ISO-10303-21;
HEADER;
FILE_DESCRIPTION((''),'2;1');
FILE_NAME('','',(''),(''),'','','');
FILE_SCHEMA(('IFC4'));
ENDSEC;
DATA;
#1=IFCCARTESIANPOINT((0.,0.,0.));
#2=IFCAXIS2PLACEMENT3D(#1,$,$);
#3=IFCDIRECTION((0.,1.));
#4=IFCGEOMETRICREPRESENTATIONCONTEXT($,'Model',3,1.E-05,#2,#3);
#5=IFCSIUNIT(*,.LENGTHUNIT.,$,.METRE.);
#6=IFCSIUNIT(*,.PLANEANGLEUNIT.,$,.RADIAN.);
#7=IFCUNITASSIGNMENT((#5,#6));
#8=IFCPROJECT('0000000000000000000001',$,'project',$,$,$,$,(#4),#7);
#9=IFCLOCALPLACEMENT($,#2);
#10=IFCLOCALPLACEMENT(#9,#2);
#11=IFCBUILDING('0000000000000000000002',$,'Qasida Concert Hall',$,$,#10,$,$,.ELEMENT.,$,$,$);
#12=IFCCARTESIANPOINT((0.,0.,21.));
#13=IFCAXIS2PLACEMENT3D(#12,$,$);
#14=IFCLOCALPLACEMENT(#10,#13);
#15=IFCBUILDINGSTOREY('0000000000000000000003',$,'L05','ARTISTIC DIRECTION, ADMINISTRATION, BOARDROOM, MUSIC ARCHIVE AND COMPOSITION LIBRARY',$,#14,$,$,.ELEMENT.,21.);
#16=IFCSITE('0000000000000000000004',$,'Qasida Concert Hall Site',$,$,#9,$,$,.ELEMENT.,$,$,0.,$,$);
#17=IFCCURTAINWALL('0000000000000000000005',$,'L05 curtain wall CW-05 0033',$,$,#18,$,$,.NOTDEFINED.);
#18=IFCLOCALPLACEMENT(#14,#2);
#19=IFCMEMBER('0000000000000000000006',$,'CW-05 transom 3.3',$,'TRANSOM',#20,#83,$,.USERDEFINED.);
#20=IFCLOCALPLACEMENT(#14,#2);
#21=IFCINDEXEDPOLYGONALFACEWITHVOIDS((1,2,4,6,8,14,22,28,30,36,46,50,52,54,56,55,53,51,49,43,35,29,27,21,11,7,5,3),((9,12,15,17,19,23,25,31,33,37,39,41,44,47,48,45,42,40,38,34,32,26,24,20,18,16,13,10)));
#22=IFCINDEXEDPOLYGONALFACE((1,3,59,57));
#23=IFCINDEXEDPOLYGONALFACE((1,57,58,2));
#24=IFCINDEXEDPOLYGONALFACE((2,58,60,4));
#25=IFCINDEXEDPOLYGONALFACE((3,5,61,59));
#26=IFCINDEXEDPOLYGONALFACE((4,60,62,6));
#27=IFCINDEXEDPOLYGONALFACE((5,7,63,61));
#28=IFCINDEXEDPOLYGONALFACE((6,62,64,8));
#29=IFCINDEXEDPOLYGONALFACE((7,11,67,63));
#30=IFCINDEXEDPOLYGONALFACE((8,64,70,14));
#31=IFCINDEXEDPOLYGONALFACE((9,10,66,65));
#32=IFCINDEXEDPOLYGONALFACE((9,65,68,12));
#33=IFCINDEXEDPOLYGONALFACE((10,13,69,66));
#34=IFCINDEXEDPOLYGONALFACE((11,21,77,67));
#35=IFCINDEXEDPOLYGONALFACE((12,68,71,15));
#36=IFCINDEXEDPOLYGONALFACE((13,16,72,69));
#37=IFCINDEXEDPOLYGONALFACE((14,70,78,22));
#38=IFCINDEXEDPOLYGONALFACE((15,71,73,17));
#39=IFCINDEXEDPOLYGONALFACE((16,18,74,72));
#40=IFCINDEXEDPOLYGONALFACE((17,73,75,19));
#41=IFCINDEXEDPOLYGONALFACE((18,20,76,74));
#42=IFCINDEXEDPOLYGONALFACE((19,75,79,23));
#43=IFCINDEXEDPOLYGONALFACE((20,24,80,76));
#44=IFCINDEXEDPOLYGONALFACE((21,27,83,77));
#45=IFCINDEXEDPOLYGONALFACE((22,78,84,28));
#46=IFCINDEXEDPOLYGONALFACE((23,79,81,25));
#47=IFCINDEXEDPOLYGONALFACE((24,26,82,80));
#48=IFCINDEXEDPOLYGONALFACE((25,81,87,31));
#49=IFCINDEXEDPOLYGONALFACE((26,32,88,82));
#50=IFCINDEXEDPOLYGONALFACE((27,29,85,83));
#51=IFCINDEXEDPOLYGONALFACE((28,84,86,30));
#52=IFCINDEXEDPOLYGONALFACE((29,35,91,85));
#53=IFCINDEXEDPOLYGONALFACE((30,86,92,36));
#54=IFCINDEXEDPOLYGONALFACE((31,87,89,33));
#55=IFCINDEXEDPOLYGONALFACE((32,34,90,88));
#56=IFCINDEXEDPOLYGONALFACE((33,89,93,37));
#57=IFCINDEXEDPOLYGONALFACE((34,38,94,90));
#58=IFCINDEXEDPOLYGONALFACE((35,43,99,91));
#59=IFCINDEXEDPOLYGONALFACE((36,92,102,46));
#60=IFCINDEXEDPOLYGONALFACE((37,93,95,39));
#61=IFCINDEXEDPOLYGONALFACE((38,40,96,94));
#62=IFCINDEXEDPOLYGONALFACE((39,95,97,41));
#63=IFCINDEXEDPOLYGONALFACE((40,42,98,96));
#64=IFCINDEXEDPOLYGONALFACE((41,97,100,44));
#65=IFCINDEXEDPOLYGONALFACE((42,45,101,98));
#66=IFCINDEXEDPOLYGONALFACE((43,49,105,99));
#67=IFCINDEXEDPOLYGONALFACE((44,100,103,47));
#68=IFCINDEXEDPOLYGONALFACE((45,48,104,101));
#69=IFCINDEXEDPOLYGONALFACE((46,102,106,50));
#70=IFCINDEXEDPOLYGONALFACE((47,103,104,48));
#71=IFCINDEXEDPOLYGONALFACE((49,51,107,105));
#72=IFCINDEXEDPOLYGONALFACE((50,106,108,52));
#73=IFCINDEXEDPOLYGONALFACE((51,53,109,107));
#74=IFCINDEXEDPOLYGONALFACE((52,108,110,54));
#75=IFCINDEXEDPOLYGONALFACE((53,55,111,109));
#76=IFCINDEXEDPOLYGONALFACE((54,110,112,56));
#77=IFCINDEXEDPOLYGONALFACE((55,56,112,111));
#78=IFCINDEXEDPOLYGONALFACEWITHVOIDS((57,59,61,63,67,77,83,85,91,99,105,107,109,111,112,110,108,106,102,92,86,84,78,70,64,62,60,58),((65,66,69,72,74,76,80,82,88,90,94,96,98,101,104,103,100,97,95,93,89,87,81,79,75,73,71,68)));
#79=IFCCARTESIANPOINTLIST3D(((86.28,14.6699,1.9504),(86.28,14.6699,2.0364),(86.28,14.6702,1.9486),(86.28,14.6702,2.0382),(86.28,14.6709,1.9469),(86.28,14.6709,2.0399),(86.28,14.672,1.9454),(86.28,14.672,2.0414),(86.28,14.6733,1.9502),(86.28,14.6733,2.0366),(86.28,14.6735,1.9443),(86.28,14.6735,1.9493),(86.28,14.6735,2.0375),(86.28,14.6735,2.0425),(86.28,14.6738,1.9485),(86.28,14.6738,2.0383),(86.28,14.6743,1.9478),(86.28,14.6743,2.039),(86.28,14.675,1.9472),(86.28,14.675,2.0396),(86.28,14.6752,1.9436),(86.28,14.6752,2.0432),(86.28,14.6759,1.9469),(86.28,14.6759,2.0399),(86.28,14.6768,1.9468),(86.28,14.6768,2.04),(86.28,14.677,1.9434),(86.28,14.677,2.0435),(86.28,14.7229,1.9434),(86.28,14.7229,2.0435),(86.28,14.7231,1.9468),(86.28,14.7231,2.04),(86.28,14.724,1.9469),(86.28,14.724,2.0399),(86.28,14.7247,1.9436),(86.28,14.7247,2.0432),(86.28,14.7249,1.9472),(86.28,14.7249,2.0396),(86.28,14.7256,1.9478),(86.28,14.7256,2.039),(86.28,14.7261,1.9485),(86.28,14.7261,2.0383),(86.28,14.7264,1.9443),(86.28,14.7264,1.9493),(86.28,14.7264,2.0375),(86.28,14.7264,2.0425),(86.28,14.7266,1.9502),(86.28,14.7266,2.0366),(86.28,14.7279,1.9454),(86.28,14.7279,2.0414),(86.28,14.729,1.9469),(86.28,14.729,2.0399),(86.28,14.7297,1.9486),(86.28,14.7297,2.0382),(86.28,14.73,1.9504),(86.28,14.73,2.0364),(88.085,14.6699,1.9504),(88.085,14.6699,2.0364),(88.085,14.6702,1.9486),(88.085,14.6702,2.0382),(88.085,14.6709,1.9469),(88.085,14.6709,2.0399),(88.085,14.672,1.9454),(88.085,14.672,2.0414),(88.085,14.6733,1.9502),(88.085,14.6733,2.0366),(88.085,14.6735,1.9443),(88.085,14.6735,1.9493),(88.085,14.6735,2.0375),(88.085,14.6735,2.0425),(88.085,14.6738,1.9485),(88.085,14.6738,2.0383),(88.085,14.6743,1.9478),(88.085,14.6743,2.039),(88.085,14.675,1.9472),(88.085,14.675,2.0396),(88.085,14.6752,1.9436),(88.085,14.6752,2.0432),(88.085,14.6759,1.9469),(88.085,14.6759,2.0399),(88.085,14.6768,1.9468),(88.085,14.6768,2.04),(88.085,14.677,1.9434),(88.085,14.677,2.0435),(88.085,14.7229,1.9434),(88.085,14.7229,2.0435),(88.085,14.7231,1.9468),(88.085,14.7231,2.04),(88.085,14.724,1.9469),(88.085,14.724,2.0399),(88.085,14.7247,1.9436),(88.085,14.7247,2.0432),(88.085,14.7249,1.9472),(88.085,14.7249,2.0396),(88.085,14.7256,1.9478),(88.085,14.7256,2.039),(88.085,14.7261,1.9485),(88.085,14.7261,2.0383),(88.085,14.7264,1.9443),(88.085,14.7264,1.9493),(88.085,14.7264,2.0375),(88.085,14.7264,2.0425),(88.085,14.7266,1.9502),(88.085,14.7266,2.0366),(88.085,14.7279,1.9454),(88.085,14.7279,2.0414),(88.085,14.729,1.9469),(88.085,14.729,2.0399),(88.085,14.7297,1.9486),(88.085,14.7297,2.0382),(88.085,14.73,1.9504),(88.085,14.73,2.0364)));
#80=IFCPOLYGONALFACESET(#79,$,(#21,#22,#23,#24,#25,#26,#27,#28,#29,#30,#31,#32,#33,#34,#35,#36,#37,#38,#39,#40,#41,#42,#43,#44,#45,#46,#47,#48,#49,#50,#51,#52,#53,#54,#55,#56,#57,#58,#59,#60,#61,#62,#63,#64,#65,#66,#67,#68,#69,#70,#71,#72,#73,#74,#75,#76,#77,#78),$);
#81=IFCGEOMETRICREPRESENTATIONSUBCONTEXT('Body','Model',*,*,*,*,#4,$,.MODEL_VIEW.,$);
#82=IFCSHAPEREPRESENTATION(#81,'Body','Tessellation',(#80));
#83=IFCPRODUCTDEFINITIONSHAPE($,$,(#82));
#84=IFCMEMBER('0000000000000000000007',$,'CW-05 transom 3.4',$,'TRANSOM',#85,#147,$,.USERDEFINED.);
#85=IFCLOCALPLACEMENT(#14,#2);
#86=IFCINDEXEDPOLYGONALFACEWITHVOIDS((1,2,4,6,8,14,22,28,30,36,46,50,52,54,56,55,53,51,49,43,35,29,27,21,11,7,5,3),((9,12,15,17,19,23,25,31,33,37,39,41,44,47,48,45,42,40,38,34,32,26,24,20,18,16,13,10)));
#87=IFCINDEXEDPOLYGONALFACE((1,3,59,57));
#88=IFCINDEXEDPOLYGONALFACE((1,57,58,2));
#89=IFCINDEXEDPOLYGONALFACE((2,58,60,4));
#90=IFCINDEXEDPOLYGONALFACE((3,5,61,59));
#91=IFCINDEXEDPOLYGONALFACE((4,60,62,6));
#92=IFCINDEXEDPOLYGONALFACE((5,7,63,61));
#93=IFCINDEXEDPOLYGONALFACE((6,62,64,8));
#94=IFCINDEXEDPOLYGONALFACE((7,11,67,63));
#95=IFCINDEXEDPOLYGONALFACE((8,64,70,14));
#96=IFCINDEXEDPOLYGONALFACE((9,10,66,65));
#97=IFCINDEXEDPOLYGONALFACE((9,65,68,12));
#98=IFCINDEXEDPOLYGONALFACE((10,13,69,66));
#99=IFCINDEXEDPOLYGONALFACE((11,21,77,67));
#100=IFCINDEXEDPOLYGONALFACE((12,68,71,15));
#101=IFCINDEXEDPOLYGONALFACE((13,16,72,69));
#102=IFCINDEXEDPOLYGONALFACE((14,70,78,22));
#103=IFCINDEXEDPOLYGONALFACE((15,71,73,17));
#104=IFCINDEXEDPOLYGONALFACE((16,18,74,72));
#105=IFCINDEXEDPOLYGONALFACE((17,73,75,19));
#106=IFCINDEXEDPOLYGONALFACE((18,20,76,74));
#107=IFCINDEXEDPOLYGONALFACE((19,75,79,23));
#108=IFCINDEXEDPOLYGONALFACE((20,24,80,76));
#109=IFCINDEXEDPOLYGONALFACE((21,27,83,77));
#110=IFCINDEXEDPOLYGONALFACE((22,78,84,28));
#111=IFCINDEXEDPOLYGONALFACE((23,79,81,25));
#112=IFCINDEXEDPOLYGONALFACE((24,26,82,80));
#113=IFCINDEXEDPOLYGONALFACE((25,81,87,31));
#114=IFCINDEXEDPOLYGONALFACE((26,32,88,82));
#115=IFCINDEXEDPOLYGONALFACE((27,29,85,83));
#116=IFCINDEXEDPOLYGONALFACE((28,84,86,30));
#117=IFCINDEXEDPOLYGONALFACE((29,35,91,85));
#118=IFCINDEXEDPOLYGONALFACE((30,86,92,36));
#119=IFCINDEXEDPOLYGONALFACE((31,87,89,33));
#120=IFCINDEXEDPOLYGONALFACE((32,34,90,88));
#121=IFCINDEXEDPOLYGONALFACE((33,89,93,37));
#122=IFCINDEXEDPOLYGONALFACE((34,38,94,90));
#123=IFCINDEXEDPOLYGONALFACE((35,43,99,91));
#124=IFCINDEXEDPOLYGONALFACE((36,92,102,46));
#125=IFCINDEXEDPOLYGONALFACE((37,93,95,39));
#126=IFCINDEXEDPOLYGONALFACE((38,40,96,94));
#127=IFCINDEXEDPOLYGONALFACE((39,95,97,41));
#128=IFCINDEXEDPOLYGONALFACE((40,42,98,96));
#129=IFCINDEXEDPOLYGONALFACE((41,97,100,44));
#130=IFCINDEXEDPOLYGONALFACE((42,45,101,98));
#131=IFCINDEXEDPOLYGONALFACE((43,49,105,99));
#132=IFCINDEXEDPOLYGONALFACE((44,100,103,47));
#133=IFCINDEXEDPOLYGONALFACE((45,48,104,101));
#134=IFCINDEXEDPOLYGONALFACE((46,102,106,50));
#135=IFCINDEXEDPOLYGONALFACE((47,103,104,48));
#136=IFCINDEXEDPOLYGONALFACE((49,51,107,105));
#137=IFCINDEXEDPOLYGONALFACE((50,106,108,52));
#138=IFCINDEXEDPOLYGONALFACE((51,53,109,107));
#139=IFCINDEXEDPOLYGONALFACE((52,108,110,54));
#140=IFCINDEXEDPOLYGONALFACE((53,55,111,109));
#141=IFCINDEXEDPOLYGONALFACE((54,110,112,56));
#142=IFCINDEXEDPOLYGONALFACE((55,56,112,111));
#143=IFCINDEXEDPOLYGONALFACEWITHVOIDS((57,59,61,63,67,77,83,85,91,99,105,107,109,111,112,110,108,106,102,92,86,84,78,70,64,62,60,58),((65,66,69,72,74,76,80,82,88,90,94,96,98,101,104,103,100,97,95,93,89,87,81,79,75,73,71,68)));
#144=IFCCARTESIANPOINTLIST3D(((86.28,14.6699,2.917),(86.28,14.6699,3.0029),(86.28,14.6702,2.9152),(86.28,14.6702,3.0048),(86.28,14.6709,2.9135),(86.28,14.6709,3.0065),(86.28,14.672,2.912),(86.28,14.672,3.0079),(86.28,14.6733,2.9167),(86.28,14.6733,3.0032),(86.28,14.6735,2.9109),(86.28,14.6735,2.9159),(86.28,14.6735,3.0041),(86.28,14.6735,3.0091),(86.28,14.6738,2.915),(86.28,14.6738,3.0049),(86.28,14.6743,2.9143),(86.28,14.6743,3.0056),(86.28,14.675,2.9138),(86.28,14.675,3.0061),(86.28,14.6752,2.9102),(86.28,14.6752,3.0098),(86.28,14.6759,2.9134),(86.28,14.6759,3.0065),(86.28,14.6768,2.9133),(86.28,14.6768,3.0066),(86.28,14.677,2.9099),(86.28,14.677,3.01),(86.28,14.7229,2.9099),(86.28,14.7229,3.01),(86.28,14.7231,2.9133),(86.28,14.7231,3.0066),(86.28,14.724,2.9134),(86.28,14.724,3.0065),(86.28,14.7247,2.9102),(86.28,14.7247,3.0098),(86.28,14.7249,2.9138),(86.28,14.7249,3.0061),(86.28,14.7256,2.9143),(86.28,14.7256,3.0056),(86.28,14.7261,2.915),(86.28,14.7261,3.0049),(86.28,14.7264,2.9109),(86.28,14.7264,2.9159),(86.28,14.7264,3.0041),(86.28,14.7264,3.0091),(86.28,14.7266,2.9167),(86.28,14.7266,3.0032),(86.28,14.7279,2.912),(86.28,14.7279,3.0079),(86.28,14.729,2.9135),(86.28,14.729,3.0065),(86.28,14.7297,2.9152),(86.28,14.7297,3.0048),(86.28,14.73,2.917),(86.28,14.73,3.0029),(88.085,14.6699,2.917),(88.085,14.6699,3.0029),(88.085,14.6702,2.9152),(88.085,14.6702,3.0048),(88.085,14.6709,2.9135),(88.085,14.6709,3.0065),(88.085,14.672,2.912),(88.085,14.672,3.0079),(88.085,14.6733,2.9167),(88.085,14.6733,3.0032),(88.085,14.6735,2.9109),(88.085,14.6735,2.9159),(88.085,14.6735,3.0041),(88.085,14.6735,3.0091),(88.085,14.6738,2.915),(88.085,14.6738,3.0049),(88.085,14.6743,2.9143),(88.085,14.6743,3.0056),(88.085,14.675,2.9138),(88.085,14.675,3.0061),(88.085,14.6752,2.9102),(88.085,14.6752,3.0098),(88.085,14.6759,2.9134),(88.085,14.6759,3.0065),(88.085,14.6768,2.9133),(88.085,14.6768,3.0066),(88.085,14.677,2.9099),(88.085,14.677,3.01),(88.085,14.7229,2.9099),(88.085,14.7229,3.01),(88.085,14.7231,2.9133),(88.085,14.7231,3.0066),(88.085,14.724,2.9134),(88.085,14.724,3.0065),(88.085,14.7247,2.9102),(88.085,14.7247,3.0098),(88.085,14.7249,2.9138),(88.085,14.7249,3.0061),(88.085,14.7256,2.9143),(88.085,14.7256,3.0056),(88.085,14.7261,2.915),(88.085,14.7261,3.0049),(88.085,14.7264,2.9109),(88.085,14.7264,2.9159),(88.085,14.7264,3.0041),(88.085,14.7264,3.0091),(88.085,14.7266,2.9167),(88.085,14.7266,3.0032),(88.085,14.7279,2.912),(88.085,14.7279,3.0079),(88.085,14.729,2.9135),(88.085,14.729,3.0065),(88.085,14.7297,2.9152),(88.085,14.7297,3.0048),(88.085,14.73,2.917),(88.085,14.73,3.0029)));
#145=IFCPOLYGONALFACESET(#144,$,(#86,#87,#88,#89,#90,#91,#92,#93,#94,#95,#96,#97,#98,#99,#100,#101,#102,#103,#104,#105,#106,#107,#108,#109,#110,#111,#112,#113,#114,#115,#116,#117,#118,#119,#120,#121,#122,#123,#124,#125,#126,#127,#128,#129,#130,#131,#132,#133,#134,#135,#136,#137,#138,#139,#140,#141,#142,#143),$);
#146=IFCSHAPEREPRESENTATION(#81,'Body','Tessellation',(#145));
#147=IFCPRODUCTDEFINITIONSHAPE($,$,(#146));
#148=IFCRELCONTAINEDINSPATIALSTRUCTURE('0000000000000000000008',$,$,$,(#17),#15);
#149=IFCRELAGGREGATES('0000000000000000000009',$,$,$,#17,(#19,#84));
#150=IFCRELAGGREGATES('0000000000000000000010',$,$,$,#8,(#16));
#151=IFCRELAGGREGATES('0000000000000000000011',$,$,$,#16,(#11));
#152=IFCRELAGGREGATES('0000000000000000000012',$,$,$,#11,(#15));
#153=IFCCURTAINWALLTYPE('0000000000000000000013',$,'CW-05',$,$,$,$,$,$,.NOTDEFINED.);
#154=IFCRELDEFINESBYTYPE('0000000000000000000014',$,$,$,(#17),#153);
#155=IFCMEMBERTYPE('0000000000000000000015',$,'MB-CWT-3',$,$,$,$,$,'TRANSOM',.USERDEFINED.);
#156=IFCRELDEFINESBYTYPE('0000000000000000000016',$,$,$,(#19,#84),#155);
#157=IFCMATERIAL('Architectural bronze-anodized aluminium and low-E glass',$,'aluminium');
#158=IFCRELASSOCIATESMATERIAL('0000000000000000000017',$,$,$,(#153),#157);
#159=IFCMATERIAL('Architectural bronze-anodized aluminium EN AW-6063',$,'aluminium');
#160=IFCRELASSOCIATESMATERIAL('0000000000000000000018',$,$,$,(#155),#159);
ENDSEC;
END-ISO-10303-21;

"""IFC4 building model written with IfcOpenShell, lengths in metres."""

from ifc_helpers import new_model, si_unit, direction, frame, origin, origin_2d, place, context, subcontext, project, spatial, hollow_rectangle, extrude, material, material_profile, profile_set, type_object, element, aggregate, save


model = new_model("IFC4")

# Units and contexts
model_context = context("Model", 3, precision=1e-05, world=origin(), true_north=direction((0.0, 1.0)))
body_context = subcontext(model_context, "Body", "Model", "MODEL_VIEW")
ifc_project = project(units=[si_unit("LENGTHUNIT", "METRE"), si_unit("PLANEANGLEUNIT", "RADIAN")], contexts=[model_context])

# Site, building, storey
site_placement = place(None, origin())
site = spatial("IfcSite", under=ifc_project, at=site_placement, Name="Qasida Concert Hall Site", CompositionType="ELEMENT", RefElevation=0.0)
building_placement = place(site_placement, origin())
building = spatial("IfcBuilding", under=site, at=building_placement, Name="Qasida Concert Hall", CompositionType="ELEMENT")
storey_placement = place(building_placement, frame((0.0, 0.0, 21.0)))
storey = spatial("IfcBuildingStorey", under=building, at=storey_placement, Name="L05", Description="ARTISTIC DIRECTION, ADMINISTRATION, BOARDROOM, MUSIC ARCHIVE AND COMPOSITION LIBRARY", CompositionType="ELEMENT", Elevation=21.0)

# Curtain wall, members
ifc_material_1 = material(Name="Architectural bronze-anodized aluminium and low-E glass", Category="aluminium")
curtain_wall_type = type_object("IfcCurtainWallType", Name="CW-05", PredefinedType="NOTDEFINED", material=ifc_material_1)
curtain_wall_placement = place(storey_placement, origin())
curtain_wall = element("IfcCurtainWall", 1, at=curtain_wall_placement, inside=storey, type_object=curtain_wall_type, Name="L05 curtain wall CW-05 0033", PredefinedType="NOTDEFINED")
ifc_material_2 = material(Name="Architectural bronze-anodized aluminium EN AW-6063", Category="aluminium")
ifc_material_profile_1 = material_profile(ifc_material_2, hollow_rectangle(XDim=0.0601, YDim=0.1001, WallThickness=0.0034, InnerFilletRadius=0.0034, OuterFilletRadius=0.0071, at=origin_2d()), Name="CWT 100x60x3.5")
ifc_profile_set_1 = profile_set([ifc_material_profile_1], Name="Architectural bronze-anodized aluminium EN AW-6063")
member_type_1 = type_object("IfcMemberType", Name="MB-CWT-3", ElementType="TRANSOM", PredefinedType="USERDEFINED", material=ifc_profile_set_1)
member_1_placement = place(storey_placement, frame((86.28, 14.7, 1.9934), z_axis=(1.0, 0.0, 0.0), x_axis=(0.0, 1.0, 0.0)))
member_1 = element("IfcMember", 2, at=member_1_placement, type_object=member_type_1, Name="CW-05 transom 3.3", ObjectType="TRANSOM", PredefinedType="USERDEFINED", context=body_context, shape_type="SweptSolid", body=[
    extrude(hollow_rectangle(XDim=0.0601, YDim=0.1001, WallThickness=0.0034, InnerFilletRadius=0.0034, OuterFilletRadius=0.0071, at=origin_2d()), origin(), (0.0, 0.0, 1.0), 1.8049),
])
member_2_placement = place(storey_placement, frame((86.28, 14.7, 2.96), z_axis=(1.0, 0.0, 0.0), x_axis=(0.0, 1.0, 0.0)))
member_2 = element("IfcMember", 3, at=member_2_placement, type_object=member_type_1, Name="CW-05 transom 3.4", ObjectType="TRANSOM", PredefinedType="USERDEFINED", context=body_context, shape_type="SweptSolid", body=[
    extrude(hollow_rectangle(XDim=0.0601, YDim=0.1001, WallThickness=0.0034, InnerFilletRadius=0.0034, OuterFilletRadius=0.0071, at=origin_2d()), origin(), (0.0, 0.0, 1.0), 1.8049),
])
aggregate(curtain_wall, [member_1, member_2])

save(model, "model.ifc")
